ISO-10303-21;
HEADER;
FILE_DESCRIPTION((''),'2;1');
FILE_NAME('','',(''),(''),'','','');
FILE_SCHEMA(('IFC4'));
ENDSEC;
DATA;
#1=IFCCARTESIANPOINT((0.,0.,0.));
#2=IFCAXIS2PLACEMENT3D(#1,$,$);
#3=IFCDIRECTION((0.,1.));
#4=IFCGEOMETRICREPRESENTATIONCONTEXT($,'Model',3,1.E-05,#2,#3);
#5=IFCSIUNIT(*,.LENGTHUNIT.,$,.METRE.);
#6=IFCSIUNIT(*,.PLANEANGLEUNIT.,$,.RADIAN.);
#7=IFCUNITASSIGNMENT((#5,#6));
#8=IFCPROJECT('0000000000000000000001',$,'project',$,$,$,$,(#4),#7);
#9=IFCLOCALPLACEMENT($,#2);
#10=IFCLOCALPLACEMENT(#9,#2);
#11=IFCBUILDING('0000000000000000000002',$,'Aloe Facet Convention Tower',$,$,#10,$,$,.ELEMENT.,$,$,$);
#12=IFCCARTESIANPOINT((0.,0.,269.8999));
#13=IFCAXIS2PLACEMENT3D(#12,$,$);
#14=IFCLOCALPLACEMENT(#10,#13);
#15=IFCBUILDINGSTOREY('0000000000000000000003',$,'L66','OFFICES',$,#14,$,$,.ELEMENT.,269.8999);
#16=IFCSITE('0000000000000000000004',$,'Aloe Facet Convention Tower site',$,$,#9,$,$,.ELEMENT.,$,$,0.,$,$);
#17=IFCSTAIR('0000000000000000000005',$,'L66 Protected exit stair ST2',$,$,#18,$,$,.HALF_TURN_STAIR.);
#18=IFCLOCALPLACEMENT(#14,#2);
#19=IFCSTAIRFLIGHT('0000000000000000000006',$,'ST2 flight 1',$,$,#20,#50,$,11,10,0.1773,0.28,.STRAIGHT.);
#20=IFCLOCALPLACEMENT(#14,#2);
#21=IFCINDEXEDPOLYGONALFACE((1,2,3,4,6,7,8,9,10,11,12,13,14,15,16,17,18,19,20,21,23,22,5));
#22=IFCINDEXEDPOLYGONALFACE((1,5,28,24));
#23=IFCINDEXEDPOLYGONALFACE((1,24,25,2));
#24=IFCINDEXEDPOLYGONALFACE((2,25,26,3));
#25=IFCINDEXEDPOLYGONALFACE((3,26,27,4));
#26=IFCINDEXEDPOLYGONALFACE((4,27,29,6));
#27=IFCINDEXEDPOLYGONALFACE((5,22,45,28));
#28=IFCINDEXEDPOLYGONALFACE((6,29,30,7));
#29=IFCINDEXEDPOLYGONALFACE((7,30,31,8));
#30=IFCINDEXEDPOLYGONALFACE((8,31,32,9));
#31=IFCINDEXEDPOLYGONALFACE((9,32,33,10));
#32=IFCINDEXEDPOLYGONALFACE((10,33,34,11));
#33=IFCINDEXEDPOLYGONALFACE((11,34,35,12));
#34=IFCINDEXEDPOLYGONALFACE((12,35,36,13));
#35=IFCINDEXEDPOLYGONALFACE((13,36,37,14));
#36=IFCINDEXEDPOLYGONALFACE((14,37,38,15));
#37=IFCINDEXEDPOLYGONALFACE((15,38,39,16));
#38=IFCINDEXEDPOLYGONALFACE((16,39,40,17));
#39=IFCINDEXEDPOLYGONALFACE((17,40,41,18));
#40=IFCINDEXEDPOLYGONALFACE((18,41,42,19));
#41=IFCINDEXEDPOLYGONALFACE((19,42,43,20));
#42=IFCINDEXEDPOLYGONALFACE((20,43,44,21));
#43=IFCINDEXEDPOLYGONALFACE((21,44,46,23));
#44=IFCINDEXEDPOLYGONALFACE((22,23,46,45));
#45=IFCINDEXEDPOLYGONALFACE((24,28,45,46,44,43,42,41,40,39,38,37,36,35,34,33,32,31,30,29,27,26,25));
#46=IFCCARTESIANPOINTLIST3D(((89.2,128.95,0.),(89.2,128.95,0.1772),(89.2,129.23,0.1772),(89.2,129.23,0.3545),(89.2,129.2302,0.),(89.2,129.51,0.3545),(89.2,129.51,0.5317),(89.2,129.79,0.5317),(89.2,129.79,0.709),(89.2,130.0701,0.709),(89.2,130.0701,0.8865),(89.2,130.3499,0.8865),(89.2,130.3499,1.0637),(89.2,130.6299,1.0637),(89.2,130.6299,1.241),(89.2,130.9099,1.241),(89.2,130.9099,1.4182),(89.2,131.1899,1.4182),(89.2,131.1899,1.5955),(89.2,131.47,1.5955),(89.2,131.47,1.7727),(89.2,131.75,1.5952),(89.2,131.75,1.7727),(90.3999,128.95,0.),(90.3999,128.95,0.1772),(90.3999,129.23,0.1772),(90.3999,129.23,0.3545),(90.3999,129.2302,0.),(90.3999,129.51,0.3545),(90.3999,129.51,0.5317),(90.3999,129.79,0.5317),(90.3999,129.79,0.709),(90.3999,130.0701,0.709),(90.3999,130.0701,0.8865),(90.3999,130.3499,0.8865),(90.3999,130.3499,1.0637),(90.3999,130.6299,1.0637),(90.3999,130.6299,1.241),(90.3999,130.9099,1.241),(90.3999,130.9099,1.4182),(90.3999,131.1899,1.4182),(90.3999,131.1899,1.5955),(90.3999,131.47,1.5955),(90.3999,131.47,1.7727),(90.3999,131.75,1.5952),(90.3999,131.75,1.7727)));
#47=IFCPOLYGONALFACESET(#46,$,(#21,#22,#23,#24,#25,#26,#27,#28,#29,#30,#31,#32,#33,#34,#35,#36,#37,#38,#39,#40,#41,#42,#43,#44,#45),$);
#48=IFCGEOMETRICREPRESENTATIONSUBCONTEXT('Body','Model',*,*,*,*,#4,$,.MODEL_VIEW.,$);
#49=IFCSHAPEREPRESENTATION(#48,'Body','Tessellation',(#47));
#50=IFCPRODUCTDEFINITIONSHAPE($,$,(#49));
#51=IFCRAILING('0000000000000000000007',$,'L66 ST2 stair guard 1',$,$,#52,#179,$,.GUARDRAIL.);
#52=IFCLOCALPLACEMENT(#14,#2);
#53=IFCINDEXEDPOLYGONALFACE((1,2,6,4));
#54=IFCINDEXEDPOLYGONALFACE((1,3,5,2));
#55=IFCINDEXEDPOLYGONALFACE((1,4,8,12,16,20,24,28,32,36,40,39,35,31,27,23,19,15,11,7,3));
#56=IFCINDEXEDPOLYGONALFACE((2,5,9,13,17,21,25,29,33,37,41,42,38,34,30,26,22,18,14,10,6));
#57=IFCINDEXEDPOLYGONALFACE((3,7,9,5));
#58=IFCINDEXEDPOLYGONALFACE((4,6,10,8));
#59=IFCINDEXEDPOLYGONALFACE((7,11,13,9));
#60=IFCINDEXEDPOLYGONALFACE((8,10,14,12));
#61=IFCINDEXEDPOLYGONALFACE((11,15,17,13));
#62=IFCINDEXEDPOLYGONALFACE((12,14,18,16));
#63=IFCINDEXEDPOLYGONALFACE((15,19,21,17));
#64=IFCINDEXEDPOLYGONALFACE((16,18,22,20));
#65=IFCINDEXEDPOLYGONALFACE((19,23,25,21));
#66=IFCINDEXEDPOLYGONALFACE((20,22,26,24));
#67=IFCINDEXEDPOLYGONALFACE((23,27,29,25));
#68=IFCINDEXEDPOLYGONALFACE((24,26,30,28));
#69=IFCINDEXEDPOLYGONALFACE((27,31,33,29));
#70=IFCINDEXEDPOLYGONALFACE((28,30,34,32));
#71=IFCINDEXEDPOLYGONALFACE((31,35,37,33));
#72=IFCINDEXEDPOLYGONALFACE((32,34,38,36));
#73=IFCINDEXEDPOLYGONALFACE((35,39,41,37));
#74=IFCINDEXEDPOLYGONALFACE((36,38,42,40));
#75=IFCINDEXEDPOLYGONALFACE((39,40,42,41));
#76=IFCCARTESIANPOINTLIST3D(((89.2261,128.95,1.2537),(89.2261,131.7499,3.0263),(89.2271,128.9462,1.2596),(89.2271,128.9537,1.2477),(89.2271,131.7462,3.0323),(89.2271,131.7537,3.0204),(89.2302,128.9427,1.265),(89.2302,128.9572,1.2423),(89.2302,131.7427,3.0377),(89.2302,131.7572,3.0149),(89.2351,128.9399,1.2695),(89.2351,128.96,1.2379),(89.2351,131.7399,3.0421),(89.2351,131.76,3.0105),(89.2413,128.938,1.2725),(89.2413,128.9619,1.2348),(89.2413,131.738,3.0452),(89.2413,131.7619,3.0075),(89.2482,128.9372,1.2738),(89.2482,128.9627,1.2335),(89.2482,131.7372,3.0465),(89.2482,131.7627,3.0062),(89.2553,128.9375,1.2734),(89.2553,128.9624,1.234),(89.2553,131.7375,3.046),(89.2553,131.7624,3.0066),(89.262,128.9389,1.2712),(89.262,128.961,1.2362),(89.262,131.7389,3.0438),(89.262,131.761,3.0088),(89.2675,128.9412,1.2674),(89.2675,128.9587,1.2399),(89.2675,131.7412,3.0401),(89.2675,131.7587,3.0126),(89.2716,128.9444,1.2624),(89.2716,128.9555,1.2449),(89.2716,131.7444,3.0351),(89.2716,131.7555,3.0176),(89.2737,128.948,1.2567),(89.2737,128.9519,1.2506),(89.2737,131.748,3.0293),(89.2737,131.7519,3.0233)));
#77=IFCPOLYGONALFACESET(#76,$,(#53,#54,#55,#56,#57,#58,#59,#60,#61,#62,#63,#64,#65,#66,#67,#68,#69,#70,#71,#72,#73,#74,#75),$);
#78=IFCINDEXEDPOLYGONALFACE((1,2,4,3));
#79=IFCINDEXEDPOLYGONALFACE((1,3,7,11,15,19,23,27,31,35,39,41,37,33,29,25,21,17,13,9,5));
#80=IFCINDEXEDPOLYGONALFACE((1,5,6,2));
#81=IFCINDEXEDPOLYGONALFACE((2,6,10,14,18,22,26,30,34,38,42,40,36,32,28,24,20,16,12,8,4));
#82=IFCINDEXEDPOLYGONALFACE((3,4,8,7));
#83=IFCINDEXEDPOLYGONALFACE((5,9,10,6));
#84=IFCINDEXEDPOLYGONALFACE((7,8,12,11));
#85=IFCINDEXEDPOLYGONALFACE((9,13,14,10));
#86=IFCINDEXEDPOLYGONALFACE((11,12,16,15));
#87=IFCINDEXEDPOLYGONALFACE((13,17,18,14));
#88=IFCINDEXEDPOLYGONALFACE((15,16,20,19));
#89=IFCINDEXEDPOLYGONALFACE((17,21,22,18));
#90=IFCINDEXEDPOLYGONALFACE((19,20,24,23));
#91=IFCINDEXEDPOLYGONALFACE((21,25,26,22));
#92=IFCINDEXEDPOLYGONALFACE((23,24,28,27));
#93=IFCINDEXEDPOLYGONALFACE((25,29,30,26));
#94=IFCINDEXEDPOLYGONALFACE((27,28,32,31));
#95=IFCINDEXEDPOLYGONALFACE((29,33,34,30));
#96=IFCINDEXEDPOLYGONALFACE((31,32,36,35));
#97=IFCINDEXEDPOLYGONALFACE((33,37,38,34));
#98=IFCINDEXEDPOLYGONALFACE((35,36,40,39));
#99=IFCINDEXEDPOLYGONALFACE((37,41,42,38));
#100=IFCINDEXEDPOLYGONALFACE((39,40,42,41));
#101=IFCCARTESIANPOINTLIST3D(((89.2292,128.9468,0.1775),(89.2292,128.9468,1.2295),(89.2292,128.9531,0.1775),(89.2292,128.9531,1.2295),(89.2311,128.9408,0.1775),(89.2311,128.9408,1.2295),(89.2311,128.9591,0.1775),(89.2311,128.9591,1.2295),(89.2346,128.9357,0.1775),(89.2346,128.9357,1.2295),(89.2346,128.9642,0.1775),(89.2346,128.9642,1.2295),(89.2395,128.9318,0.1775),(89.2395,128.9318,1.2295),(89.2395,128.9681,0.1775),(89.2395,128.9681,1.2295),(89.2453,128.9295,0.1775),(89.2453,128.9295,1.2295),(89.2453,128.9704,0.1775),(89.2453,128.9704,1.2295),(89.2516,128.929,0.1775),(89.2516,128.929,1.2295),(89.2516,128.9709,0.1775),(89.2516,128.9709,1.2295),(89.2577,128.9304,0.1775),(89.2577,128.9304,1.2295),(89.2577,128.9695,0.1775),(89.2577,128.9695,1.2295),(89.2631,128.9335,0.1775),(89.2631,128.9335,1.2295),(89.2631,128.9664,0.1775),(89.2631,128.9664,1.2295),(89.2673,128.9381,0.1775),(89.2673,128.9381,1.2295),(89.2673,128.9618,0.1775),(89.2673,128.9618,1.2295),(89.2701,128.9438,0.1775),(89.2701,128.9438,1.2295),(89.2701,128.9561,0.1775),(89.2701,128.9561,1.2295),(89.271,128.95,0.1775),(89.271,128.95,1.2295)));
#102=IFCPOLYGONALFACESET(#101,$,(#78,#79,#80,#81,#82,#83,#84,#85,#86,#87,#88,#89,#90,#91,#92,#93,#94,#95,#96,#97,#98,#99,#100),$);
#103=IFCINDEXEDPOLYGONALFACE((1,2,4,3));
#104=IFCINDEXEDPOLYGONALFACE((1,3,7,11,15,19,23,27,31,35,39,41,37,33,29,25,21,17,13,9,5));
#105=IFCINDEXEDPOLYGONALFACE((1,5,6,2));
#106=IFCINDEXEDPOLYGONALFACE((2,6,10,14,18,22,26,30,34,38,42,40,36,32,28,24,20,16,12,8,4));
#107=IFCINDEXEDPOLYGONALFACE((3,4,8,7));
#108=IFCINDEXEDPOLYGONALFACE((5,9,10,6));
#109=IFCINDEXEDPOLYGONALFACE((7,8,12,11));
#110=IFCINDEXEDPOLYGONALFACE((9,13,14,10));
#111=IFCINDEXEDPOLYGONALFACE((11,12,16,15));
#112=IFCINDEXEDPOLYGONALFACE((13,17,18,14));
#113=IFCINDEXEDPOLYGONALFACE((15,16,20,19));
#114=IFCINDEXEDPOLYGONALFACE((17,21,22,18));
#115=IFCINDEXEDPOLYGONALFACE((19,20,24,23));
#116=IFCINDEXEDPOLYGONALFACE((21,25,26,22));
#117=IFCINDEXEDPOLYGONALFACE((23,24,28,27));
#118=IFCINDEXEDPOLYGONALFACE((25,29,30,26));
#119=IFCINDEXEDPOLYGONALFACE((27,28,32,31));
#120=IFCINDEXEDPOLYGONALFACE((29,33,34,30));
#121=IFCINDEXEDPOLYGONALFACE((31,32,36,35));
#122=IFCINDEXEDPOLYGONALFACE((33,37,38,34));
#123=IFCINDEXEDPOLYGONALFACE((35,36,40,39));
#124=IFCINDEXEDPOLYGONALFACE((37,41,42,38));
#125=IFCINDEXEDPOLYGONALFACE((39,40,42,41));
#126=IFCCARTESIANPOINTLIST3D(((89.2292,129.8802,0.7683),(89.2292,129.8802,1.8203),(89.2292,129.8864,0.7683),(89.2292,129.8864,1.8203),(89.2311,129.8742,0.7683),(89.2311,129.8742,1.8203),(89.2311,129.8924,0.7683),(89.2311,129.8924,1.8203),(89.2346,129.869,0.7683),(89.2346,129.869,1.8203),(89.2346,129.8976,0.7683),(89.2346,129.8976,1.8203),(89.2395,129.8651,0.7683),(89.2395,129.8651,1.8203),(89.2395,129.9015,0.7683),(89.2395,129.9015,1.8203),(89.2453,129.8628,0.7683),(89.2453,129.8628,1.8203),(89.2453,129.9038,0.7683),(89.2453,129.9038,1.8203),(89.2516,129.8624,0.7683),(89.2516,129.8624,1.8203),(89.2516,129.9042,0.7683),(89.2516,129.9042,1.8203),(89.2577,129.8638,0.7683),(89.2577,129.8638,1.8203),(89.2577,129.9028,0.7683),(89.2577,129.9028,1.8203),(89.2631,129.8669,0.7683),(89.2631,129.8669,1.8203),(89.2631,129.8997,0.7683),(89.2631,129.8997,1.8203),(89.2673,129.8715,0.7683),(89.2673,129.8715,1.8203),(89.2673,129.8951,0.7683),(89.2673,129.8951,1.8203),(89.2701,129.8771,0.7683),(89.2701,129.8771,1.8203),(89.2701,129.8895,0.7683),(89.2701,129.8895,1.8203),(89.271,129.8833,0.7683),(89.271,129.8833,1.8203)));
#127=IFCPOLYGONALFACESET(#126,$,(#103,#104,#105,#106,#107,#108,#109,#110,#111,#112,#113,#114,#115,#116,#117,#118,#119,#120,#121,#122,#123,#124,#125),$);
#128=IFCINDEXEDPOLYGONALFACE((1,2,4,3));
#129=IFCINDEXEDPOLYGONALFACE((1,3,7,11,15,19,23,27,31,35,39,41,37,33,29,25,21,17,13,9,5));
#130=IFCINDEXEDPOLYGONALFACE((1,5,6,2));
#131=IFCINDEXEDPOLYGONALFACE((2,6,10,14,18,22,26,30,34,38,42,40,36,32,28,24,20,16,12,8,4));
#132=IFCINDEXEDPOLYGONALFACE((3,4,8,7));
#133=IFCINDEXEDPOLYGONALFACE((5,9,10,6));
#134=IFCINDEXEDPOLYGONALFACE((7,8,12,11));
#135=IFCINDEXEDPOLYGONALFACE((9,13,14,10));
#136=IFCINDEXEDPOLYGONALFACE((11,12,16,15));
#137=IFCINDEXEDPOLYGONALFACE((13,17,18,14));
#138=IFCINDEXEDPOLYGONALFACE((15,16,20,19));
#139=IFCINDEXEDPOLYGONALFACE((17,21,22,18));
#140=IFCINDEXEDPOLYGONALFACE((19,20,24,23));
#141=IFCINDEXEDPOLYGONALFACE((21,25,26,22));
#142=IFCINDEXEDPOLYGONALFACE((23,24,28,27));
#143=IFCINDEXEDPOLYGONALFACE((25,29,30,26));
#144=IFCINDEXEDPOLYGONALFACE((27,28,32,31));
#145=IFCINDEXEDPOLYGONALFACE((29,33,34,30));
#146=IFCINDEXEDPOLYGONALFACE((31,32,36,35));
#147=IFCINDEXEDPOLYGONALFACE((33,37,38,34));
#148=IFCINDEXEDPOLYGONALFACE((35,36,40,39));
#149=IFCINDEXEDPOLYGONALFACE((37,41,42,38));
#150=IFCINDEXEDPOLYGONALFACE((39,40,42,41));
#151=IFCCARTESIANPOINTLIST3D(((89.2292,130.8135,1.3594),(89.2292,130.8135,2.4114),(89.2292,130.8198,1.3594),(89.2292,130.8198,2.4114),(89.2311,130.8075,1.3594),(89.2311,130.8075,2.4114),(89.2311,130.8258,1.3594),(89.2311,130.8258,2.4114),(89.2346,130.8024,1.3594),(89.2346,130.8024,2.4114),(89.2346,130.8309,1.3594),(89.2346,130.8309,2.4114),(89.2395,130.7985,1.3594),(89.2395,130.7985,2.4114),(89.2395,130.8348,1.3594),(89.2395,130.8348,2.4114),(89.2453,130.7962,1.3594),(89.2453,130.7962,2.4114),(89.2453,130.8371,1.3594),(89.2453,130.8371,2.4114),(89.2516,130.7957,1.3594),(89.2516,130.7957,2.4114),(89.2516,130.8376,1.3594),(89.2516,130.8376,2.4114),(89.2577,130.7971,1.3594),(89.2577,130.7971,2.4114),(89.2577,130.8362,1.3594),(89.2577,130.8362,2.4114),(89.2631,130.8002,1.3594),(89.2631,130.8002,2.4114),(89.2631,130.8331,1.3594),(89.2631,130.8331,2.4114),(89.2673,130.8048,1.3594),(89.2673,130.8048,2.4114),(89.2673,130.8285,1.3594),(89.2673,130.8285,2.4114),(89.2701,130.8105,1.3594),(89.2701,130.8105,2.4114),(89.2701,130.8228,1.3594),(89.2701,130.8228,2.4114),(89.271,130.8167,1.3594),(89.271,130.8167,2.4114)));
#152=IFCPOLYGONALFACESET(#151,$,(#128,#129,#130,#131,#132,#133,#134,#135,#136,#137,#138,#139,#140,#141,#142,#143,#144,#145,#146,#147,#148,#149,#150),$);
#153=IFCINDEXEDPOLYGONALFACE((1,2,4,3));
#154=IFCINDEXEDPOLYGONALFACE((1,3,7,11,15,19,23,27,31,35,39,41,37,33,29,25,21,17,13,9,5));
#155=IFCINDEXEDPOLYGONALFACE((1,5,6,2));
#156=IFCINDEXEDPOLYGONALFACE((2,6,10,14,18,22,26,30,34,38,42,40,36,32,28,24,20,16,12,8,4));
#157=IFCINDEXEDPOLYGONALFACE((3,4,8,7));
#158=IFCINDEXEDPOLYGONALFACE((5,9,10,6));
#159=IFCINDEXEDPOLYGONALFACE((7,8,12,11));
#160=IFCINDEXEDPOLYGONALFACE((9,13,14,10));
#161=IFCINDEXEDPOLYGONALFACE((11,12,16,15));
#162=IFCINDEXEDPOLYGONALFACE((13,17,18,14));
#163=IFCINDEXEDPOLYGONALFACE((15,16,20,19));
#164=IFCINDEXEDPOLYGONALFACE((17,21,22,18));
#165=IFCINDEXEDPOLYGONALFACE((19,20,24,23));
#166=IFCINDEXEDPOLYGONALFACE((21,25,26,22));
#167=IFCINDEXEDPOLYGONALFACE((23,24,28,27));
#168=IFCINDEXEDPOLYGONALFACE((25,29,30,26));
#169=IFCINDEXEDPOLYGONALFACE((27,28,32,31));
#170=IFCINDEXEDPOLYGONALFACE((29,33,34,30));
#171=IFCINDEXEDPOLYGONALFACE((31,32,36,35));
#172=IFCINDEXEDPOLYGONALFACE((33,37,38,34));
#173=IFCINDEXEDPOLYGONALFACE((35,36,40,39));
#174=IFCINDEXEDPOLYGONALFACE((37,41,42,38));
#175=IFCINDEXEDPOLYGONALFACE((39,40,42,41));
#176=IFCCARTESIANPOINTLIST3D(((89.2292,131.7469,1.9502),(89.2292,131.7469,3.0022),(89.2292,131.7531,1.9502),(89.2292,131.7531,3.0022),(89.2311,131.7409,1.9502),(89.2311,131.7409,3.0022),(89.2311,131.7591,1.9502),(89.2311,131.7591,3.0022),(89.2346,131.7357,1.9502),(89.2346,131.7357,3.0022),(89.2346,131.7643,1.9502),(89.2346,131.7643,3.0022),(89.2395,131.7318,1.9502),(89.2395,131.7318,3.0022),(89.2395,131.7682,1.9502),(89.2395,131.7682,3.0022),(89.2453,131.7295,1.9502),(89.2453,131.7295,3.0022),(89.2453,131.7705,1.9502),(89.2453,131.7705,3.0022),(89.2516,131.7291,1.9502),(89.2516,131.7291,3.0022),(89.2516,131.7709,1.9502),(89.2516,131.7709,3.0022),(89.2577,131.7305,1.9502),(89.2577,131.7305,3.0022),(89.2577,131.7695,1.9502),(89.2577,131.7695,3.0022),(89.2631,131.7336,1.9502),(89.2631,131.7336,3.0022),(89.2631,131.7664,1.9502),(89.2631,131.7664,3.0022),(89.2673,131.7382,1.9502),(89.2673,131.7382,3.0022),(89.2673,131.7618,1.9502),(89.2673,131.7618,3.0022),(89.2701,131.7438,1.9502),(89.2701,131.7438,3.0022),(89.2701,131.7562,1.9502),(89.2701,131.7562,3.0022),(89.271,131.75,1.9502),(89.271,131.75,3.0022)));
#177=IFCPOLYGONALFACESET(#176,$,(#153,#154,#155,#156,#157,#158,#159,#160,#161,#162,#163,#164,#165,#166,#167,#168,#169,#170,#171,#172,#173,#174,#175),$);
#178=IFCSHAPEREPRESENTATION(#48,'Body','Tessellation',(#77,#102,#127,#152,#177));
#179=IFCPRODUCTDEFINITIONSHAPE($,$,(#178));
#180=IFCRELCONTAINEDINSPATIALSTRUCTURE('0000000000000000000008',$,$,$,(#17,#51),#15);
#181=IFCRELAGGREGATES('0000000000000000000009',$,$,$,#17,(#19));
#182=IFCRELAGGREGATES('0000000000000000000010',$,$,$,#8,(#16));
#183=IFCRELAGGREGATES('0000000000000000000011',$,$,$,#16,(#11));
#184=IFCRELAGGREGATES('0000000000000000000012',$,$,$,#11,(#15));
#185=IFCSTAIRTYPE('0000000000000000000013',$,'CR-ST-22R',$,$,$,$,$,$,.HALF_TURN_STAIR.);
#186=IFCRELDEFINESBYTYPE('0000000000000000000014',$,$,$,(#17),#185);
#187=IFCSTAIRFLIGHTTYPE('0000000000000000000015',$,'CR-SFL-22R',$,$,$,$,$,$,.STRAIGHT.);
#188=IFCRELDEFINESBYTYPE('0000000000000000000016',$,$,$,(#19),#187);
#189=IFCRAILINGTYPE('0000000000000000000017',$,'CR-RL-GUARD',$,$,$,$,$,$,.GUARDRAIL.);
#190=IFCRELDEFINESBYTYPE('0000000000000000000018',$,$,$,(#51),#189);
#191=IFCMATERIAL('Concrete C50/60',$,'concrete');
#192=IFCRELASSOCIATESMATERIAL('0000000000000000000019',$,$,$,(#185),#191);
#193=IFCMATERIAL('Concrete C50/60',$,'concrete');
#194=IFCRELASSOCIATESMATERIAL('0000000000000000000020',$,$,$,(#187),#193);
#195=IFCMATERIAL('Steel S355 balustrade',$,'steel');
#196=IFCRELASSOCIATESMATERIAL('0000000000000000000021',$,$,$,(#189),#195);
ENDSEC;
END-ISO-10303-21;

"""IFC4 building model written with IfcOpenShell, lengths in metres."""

from ifc_helpers import new_model, si_unit, direction, frame, origin, origin_2d, place, context, subcontext, project, spatial, polyline, circle, outline, extrude, material, type_object, element, aggregate, save


model = new_model("IFC4")

# Units and contexts
model_context = context("Model", 3, precision=1e-05, world=origin(), true_north=direction((0.0, 1.0)))
body_context = subcontext(model_context, "Body", "Model", "MODEL_VIEW")
ifc_project = project(units=[si_unit("LENGTHUNIT", "METRE"), si_unit("PLANEANGLEUNIT", "RADIAN")], contexts=[model_context])

# Site, building, storey
site_placement = place(None, origin())
site = spatial("IfcSite", under=ifc_project, at=site_placement, Name="Aloe Facet Convention Tower site", CompositionType="ELEMENT", RefElevation=0.0)
building_placement = place(site_placement, origin())
building = spatial("IfcBuilding", under=site, at=building_placement, Name="Aloe Facet Convention Tower", CompositionType="ELEMENT")
storey_placement = place(building_placement, frame((0.0, 0.0, 269.8999)))
storey = spatial("IfcBuildingStorey", under=building, at=storey_placement, Name="L66", Description="OFFICES", CompositionType="ELEMENT", Elevation=269.8999)

# Stair, stair flight
ifc_material_1 = material(Name="Concrete C50/60", Category="concrete")
stair_type = type_object("IfcStairType", Name="CR-ST-22R", PredefinedType="HALF_TURN_STAIR", material=ifc_material_1)
stair_placement = place(storey_placement, origin())
stair = element("IfcStair", 1, at=stair_placement, inside=storey, type_object=stair_type, Name="L66 Protected exit stair ST2", PredefinedType="HALF_TURN_STAIR")
ifc_material_2 = material(Name="Concrete C50/60", Category="concrete")
stair_flight_type = type_object("IfcStairFlightType", Name="CR-SFL-22R", PredefinedType="STRAIGHT", material=ifc_material_2)
stair_flight_placement = place(storey_placement, frame((89.8, 128.95, 0.0), z_axis=(0.0, 0.0, 1.0), x_axis=(0.0, 1.0, 0.0)))
stair_flight = element("IfcStairFlight", 2, at=stair_flight_placement, type_object=stair_flight_type, Name="ST2 flight 1", NumberOfRisers=11, NumberOfTreads=10, PredefinedType="STRAIGHT", RiserHeight=0.1773, TreadLength=0.28, context=body_context, shape_type="SweptSolid", body=[
    extrude(outline(polyline([(0.0, 0.0), (0.0, 0.1772), (0.28, 0.1772), (0.28, 0.3545), (0.5601, 0.3545), (0.5601, 0.5317), (0.8401, 0.5317), (0.8401, 0.709), (1.1201, 0.709), (1.1201, 0.8865), (1.3999, 0.8865), (1.3999, 1.0637), (1.6799, 1.0637), (1.6799, 1.241), (1.96, 1.241), (1.96, 1.4182), (2.24, 1.4182), (2.24, 1.5955), (2.52, 1.5955), (2.52, 1.7727), (2.8, 1.7727), (2.8, 1.95), (2.8, 1.5952), (0.2803, 0.0), (0.0, 0.0)])), frame((0.0, 0.6001, 0.0), z_axis=(0.0, -1.0, 0.0), x_axis=(1.0, 0.0, 0.0)), (0.0, 0.0, 1.0), 1.2),
])
aggregate(stair, [stair_flight])

# Railing
ifc_material_3 = material(Name="Steel S355 balustrade", Category="steel")
railing_type_1 = type_object("IfcRailingType", Name="CR-RL-GUARD", PredefinedType="GUARDRAIL", material=ifc_material_3)
railing_1_placement = place(storey_placement, frame((89.25, 128.95, 0.1775)))
element("IfcRailing", 3, at=railing_1_placement, inside=storey, type_object=railing_type_1, Name="L66 ST2 stair guard 1", PredefinedType="GUARDRAIL", context=body_context, shape_type="SweptSolid", body=[
    extrude(circle(Radius=0.0239, at=origin_2d()), frame((0.0, 0.0, 1.0762), z_axis=(0.0, 0.844909, 0.53491), x_axis=(-1.0, 0.0, 0.0)), (0.0, 0.0, 1.0), 3.314),
    extrude(circle(Radius=0.021, at=origin_2d()), origin(), (0.0, 0.0, 1.0), 1.052),
    extrude(circle(Radius=0.021, at=origin_2d()), frame((0.0, 0.9333, 0.5908)), (0.0, 0.0, 1.0), 1.052),
    extrude(circle(Radius=0.021, at=origin_2d()), frame((0.0, 1.8667, 1.1819)), (0.0, 0.0, 1.0), 1.052),
    extrude(circle(Radius=0.021, at=origin_2d()), frame((0.0, 2.8, 1.7727)), (0.0, 0.0, 1.0), 1.052),
])

save(model, "model.ifc")
